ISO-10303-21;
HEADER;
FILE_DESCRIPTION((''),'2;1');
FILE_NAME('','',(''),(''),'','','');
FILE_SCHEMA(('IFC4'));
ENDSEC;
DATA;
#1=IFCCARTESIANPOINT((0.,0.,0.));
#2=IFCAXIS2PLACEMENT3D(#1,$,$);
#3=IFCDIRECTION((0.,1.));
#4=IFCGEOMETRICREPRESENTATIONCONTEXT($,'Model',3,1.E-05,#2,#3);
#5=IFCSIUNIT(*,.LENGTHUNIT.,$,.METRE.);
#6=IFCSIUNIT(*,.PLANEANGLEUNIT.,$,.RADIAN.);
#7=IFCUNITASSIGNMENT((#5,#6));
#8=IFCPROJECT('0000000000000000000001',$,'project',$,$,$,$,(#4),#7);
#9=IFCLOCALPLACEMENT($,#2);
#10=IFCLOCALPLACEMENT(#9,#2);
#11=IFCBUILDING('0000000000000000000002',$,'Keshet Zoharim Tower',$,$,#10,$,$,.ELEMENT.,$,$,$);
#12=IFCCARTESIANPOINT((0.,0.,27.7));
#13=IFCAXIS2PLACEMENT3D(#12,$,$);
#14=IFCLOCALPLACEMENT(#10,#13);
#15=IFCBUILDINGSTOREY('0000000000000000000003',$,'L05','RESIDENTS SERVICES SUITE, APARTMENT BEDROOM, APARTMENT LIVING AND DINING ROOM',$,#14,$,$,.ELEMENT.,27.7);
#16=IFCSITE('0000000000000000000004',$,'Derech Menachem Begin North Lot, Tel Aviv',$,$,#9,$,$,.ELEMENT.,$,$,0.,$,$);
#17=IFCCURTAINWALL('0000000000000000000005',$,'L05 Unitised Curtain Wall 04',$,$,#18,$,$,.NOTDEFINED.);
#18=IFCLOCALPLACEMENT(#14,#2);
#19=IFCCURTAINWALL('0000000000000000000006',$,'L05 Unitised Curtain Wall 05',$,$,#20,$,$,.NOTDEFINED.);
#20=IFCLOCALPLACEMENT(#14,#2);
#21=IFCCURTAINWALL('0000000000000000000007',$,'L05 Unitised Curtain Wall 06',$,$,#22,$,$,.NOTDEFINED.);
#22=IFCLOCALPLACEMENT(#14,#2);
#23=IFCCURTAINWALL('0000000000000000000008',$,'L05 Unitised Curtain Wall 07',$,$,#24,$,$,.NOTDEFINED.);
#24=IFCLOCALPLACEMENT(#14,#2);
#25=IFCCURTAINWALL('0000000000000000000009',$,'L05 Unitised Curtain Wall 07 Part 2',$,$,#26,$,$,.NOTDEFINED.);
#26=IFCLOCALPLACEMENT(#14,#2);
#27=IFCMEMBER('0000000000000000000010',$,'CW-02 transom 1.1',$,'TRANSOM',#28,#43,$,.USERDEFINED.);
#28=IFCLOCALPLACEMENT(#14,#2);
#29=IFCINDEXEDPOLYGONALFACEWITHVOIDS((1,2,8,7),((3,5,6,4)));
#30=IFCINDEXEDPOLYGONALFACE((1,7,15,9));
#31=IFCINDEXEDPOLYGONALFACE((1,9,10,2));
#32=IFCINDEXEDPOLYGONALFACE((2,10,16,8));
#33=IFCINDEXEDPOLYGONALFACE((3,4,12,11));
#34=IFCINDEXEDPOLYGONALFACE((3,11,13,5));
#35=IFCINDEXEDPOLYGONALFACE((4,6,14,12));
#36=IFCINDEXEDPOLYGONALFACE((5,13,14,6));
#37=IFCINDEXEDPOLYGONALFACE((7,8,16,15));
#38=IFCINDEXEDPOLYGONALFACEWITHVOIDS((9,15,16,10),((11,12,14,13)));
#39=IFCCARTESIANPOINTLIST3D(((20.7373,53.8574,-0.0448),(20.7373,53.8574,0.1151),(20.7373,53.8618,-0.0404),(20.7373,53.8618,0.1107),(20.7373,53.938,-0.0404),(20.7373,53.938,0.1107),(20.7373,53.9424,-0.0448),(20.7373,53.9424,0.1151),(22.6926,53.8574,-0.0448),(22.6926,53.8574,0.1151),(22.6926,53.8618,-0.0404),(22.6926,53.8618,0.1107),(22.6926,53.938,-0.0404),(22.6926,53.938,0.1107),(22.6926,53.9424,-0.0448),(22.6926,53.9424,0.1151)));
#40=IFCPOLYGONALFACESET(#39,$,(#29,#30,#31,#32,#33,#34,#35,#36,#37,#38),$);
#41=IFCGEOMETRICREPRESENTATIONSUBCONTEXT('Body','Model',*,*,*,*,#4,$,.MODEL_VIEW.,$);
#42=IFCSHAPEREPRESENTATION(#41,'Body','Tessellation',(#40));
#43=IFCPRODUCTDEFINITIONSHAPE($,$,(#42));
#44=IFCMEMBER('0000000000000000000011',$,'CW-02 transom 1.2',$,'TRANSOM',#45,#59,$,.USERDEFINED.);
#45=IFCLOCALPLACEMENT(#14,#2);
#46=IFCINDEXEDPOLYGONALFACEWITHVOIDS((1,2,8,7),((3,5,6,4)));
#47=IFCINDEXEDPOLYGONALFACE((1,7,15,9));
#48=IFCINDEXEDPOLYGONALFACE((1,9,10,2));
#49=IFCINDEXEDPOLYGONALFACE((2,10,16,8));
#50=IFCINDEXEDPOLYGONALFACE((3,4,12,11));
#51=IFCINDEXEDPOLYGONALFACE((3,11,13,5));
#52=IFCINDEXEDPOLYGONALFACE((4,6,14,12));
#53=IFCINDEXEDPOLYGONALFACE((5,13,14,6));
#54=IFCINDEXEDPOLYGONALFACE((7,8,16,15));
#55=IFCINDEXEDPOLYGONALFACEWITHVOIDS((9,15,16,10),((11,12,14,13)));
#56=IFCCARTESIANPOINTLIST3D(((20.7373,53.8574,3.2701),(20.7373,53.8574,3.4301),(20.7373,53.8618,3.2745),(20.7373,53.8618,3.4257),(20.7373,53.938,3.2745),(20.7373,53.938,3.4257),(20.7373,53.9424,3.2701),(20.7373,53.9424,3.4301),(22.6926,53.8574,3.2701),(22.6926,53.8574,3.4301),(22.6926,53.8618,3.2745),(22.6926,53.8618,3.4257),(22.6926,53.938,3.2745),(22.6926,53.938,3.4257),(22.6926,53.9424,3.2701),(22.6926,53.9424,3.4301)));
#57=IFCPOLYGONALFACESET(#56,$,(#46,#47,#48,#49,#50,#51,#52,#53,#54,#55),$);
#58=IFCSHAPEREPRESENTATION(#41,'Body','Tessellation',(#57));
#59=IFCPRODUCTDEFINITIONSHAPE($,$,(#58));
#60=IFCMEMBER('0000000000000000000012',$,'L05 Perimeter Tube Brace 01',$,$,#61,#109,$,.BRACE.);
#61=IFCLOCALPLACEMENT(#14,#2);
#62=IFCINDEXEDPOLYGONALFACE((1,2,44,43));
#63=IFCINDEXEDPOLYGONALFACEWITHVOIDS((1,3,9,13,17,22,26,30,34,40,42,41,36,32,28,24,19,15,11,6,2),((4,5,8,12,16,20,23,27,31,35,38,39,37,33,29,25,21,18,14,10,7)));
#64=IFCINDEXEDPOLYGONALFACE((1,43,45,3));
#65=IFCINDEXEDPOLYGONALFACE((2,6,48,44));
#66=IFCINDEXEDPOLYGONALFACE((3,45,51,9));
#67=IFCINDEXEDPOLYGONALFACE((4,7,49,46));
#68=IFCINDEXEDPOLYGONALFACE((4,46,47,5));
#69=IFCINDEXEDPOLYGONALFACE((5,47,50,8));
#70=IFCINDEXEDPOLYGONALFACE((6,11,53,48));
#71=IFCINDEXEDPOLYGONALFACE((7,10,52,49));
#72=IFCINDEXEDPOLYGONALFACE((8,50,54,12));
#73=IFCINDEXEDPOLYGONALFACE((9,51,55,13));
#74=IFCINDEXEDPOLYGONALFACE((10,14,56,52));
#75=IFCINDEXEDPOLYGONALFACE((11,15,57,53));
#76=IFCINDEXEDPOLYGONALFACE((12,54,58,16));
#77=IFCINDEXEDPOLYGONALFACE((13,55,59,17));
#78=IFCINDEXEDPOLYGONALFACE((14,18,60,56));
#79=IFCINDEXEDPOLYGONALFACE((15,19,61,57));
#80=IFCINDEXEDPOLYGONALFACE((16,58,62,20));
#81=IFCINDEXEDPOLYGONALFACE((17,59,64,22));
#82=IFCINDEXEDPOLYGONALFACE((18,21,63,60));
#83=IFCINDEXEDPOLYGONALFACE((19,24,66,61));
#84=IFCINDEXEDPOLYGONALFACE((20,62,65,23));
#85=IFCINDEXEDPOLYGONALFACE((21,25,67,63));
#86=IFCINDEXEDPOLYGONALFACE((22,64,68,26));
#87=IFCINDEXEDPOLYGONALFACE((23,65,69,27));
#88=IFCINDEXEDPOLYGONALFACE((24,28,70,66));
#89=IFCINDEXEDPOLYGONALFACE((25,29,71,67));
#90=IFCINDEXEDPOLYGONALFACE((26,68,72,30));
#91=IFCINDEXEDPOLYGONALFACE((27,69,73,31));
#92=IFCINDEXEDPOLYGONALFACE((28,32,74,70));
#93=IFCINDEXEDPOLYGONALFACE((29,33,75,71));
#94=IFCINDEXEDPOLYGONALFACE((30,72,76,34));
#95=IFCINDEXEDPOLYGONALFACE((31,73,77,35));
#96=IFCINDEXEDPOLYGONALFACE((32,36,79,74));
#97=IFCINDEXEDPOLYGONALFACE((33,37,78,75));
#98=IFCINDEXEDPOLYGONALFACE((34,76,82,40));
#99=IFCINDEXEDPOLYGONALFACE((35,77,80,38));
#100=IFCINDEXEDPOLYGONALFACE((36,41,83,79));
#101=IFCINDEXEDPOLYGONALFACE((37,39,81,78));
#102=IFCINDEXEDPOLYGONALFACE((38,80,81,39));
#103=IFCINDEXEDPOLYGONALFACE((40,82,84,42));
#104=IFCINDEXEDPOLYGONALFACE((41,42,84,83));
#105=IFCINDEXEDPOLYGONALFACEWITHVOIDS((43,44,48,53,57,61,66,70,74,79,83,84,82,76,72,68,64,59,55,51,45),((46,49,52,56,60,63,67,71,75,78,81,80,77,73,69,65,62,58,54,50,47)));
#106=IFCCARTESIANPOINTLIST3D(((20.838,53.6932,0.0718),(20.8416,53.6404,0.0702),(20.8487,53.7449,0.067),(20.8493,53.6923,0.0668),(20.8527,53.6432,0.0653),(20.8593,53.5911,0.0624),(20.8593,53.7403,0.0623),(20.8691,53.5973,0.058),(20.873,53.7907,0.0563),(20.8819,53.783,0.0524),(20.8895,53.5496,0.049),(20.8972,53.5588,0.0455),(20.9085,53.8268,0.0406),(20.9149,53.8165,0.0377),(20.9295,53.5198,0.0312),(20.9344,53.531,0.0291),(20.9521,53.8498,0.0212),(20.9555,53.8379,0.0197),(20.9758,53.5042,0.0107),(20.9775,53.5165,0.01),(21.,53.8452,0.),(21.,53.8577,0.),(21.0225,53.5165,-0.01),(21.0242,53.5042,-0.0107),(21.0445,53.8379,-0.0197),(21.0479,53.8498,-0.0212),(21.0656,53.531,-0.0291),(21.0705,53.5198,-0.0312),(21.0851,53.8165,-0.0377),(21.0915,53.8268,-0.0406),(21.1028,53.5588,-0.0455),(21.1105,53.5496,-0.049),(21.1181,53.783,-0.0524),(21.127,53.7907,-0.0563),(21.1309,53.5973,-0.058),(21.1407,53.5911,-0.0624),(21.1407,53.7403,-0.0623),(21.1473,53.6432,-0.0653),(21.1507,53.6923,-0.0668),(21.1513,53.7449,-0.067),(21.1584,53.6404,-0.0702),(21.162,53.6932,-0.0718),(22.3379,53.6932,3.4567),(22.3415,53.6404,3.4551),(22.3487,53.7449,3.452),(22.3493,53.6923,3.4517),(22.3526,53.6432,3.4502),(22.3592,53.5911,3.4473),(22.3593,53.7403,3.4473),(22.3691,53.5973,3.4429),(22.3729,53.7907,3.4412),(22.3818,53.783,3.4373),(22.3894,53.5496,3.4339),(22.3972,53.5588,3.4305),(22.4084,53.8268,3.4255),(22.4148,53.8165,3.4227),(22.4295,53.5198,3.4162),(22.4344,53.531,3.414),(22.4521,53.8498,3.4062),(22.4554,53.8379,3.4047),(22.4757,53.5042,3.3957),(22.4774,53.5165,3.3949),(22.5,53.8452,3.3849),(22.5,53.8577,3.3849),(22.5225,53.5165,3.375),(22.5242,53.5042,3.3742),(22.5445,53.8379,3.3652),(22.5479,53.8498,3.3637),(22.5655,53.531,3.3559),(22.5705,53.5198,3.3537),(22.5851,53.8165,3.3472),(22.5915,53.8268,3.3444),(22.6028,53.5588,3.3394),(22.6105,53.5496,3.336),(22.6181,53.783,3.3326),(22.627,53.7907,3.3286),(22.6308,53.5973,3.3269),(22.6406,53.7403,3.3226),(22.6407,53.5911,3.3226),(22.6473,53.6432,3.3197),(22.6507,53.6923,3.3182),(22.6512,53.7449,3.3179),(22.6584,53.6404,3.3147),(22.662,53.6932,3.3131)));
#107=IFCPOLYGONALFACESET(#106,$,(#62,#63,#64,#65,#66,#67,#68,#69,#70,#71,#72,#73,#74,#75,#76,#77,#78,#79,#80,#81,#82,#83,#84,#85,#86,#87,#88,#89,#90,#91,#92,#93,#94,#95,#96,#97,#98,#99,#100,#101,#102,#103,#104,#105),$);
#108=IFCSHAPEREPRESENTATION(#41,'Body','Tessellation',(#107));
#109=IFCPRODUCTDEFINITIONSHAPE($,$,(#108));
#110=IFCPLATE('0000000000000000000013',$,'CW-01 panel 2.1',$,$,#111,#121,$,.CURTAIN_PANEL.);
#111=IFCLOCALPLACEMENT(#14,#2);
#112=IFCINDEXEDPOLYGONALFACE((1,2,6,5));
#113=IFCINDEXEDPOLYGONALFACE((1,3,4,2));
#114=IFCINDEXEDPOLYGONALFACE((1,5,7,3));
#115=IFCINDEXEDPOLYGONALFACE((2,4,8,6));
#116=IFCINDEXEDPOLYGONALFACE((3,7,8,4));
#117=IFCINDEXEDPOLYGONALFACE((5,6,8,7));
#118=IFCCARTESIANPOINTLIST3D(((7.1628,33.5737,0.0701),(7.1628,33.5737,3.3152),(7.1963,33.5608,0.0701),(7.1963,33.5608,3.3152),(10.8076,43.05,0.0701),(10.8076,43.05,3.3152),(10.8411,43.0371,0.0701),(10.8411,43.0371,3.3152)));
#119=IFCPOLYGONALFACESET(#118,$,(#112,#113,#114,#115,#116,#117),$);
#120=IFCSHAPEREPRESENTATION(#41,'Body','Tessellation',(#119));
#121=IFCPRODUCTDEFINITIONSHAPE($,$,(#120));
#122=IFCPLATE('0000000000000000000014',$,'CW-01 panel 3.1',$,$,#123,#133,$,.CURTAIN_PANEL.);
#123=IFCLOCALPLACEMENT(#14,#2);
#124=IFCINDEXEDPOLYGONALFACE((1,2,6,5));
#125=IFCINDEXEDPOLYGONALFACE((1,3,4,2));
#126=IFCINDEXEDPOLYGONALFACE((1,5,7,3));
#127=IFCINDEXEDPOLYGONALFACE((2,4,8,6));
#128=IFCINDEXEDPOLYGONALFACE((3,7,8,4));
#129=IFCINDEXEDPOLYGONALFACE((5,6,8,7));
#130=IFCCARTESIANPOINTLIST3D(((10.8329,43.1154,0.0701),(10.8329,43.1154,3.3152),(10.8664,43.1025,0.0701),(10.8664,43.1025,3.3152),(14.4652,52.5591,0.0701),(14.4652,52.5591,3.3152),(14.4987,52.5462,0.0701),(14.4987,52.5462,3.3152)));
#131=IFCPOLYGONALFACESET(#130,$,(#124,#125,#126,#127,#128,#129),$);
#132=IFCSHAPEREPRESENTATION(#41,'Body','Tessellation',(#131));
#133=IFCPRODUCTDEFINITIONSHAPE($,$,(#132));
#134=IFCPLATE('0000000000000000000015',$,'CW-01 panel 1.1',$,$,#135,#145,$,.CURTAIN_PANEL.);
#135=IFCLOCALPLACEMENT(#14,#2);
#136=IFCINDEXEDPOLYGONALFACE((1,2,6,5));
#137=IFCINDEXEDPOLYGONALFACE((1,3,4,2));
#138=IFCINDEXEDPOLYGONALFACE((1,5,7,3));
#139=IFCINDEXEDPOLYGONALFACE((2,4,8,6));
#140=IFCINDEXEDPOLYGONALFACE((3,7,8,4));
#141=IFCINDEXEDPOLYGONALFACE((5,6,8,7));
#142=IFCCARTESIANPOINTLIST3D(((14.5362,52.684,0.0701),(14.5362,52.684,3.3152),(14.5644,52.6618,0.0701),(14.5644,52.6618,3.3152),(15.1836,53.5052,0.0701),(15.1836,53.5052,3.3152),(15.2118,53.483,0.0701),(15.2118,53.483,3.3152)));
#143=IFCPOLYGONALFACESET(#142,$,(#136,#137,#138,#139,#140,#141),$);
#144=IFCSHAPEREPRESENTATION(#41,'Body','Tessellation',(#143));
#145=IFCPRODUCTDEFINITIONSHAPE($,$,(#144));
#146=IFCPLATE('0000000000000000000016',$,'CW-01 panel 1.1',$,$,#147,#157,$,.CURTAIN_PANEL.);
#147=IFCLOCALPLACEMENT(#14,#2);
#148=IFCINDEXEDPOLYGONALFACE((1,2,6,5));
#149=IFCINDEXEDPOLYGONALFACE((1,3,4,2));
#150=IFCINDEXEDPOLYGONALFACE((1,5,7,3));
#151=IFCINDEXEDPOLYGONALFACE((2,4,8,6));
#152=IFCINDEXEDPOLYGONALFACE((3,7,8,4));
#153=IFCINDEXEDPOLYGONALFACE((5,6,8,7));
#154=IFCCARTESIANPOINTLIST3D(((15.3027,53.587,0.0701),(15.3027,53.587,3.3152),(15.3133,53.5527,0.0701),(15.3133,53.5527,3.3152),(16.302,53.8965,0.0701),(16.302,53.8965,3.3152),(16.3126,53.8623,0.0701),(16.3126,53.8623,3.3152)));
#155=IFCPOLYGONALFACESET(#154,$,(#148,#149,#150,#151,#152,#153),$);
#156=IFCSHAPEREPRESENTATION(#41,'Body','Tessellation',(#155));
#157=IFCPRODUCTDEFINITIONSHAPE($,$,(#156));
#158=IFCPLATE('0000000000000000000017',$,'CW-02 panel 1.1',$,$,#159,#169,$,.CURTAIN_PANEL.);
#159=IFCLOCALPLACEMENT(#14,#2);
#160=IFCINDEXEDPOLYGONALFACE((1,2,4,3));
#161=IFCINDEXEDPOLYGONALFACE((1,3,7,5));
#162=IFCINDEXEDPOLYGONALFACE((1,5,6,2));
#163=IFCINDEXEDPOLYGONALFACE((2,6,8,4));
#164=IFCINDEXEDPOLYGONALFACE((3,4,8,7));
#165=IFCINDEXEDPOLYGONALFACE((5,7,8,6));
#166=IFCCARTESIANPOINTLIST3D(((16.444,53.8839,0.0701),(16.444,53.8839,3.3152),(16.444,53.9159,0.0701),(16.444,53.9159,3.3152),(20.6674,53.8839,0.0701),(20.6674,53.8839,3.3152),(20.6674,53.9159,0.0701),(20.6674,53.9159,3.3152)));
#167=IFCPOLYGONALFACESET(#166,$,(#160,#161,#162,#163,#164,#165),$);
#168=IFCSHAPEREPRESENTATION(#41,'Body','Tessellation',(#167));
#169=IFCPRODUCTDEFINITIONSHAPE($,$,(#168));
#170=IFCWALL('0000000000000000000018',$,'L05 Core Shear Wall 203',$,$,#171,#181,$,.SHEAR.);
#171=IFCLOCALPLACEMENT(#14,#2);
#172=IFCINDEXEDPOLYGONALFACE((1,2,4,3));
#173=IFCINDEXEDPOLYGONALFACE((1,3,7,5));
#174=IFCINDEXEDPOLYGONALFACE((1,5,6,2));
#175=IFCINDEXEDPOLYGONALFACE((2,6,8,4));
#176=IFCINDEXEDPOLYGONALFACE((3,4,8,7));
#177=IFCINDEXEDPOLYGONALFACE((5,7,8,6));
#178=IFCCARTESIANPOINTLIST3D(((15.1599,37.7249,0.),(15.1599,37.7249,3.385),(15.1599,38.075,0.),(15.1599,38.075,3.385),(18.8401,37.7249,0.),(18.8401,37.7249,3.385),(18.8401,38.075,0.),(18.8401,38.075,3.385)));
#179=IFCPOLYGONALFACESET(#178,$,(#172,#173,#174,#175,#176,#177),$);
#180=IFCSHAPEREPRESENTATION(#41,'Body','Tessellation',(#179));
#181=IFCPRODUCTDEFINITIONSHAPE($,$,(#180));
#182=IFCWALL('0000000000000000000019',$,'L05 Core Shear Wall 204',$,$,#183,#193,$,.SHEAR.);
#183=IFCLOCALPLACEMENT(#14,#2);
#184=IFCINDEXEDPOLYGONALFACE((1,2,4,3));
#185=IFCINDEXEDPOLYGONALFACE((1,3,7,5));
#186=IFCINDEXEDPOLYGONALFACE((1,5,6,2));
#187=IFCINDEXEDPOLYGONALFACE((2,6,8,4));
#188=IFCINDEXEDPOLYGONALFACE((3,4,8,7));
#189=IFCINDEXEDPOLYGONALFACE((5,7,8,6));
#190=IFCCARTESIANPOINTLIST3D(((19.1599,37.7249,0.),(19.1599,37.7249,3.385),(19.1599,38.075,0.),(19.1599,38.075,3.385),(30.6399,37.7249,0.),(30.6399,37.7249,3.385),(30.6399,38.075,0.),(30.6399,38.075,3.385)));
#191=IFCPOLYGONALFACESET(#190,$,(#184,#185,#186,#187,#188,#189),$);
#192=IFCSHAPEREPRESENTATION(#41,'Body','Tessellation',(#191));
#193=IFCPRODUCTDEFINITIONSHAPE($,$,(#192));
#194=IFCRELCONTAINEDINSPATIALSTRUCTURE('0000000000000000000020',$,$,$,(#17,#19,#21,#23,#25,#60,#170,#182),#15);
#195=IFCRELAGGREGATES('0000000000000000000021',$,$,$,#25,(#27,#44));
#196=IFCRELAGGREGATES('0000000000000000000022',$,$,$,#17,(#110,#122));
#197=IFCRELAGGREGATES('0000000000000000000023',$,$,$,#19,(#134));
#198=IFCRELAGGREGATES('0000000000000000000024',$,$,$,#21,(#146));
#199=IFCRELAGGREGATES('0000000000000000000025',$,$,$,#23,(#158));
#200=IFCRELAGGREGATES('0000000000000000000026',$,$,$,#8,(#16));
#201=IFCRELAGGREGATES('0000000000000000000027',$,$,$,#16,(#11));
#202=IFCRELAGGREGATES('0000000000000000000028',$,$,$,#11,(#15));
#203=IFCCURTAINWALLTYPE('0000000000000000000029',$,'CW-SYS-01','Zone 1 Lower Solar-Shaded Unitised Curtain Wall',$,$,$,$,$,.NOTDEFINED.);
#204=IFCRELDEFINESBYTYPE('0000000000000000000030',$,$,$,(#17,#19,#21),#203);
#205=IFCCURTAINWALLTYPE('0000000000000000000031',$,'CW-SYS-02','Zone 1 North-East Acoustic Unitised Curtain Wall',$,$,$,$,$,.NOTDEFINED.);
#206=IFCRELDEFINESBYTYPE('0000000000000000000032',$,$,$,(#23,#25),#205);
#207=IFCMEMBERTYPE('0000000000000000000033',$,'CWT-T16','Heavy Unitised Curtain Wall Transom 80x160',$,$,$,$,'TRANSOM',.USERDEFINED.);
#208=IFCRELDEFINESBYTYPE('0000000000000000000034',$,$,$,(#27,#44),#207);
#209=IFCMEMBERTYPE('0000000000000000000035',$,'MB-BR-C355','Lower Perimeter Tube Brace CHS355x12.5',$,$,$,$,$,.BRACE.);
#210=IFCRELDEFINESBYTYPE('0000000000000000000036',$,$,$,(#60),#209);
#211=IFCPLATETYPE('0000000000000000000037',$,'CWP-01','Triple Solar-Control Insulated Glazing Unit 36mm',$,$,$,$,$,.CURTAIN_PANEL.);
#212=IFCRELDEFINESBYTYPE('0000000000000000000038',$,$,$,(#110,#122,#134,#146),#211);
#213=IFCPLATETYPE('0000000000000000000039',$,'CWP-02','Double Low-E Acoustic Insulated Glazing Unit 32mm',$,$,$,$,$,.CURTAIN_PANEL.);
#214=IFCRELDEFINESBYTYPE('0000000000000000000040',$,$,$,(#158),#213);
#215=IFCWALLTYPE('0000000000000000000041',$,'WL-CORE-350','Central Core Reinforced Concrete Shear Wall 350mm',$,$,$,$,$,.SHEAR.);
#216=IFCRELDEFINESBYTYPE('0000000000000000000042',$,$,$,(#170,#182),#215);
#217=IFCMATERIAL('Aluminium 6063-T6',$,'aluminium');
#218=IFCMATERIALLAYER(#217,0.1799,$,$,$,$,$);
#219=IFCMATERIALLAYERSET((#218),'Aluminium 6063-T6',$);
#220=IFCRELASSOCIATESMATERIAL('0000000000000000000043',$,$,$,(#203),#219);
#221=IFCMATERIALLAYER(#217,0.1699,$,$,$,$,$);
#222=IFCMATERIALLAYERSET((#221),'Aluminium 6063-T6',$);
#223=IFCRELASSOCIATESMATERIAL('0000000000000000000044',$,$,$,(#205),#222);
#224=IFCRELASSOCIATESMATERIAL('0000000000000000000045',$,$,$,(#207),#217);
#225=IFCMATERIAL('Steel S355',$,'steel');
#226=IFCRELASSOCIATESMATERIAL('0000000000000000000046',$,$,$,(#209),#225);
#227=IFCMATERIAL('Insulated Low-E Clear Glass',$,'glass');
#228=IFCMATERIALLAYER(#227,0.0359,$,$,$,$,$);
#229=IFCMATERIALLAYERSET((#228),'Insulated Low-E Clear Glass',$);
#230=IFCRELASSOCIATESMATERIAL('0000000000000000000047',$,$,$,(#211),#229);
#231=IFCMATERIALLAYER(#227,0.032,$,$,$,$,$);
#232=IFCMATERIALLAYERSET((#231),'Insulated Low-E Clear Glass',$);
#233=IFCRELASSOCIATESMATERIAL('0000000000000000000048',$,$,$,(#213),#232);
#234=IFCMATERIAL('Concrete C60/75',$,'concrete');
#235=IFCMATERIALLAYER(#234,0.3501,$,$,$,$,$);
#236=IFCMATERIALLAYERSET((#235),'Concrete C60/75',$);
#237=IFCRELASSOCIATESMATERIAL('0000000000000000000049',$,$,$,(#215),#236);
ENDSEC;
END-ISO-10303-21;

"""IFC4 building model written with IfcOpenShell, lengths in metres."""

from ifc_helpers import new_model, si_unit, direction, frame, frame_2d, origin, origin_2d, place, context, subcontext, project, spatial, rectangle, hollow_rectangle, hollow_circle, extrude, material, layer, layer_set, material_profile, profile_set, type_object, element, aggregate, save


model = new_model("IFC4")

# Units and contexts
model_context = context("Model", 3, precision=1e-05, world=origin(), true_north=direction((0.0, 1.0)))
body_context = subcontext(model_context, "Body", "Model", "MODEL_VIEW")
ifc_project = project(units=[si_unit("LENGTHUNIT", "METRE"), si_unit("PLANEANGLEUNIT", "RADIAN")], contexts=[model_context])

# Site, building, storey
site_placement = place(None, origin())
site = spatial("IfcSite", under=ifc_project, at=site_placement, Name="Derech Menachem Begin North Lot, Tel Aviv", CompositionType="ELEMENT", RefElevation=0.0)
building_placement = place(site_placement, origin())
building = spatial("IfcBuilding", under=site, at=building_placement, Name="Keshet Zoharim Tower", CompositionType="ELEMENT")
storey_placement = place(building_placement, frame((0.0, 0.0, 27.7)))
storey = spatial("IfcBuildingStorey", under=building, at=storey_placement, Name="L05", Description="RESIDENTS SERVICES SUITE, APARTMENT BEDROOM, APARTMENT LIVING AND DINING ROOM", CompositionType="ELEMENT", Elevation=27.7)

# Shared definitions
ifc_material_1 = material(Name="Steel S355", Category="steel")

# Curtain walls
ifc_material_2 = material(Name="Aluminium 6063-T6", Category="aluminium")
ifc_layer_1 = layer(ifc_material_2, 0.1799)
ifc_layer_set_1 = layer_set([ifc_layer_1], Name="Aluminium 6063-T6")
curtain_wall_type_1 = type_object("IfcCurtainWallType", Name="CW-SYS-01", Description="Zone 1 Lower Solar-Shaded Unitised Curtain Wall", PredefinedType="NOTDEFINED", material=ifc_layer_set_1)
curtain_wall_1_placement = place(storey_placement, origin())
curtain_wall_1 = element("IfcCurtainWall", 1, at=curtain_wall_1_placement, inside=storey, type_object=curtain_wall_type_1, Name="L05 Unitised Curtain Wall 04", PredefinedType="NOTDEFINED")
curtain_wall_2_placement = place(storey_placement, origin())
curtain_wall_2 = element("IfcCurtainWall", 2, at=curtain_wall_2_placement, inside=storey, type_object=curtain_wall_type_1, Name="L05 Unitised Curtain Wall 05", PredefinedType="NOTDEFINED")
curtain_wall_3_placement = place(storey_placement, origin())
curtain_wall_3 = element("IfcCurtainWall", 3, at=curtain_wall_3_placement, inside=storey, type_object=curtain_wall_type_1, Name="L05 Unitised Curtain Wall 06", PredefinedType="NOTDEFINED")
ifc_layer_2 = layer(ifc_material_2, 0.1699)
ifc_layer_set_2 = layer_set([ifc_layer_2], Name="Aluminium 6063-T6")
curtain_wall_type_2 = type_object("IfcCurtainWallType", Name="CW-SYS-02", Description="Zone 1 North-East Acoustic Unitised Curtain Wall", PredefinedType="NOTDEFINED", material=ifc_layer_set_2)
curtain_wall_4_placement = place(storey_placement, origin())
curtain_wall_4 = element("IfcCurtainWall", 4, at=curtain_wall_4_placement, inside=storey, type_object=curtain_wall_type_2, Name="L05 Unitised Curtain Wall 07", PredefinedType="NOTDEFINED")

# Shared definitions
ifc_material_profile_1 = material_profile(ifc_material_2, hollow_rectangle(XDim=0.085, YDim=0.1599, WallThickness=0.0044, at=origin_2d()), Name="TRN-85x160")
ifc_profile_set_1 = profile_set([ifc_material_profile_1], Name="Aluminium 6063-T6")
member_type_1 = type_object("IfcMemberType", Name="CWT-T16", Description="Heavy Unitised Curtain Wall Transom 80x160", ElementType="TRANSOM", PredefinedType="USERDEFINED", material=ifc_profile_set_1)

# Curtain wall, members
curtain_wall_5_placement = place(storey_placement, origin())
curtain_wall_5 = element("IfcCurtainWall", 5, at=curtain_wall_5_placement, inside=storey, type_object=curtain_wall_type_2, Name="L05 Unitised Curtain Wall 07 Part 2", PredefinedType="NOTDEFINED")
member_1_placement = place(storey_placement, frame((20.7373, 53.8999, 0.0352), z_axis=(1.0, 0.0, 0.0), x_axis=(0.0, 1.0, 0.0)))
member_1 = element("IfcMember", 6, at=member_1_placement, type_object=member_type_1, Name="CW-02 transom 1.1", ObjectType="TRANSOM", PredefinedType="USERDEFINED", context=body_context, shape_type="SweptSolid", body=[
    extrude(hollow_rectangle(XDim=0.085, YDim=0.1599, WallThickness=0.0044, at=origin_2d()), origin(), (0.0, 0.0, 1.0), 1.9553),
])
member_2_placement = place(storey_placement, frame((20.7373, 53.8999, 3.3501), z_axis=(1.0, 0.0, 0.0), x_axis=(0.0, 1.0, 0.0)))
member_2 = element("IfcMember", 7, at=member_2_placement, type_object=member_type_1, Name="CW-02 transom 1.2", ObjectType="TRANSOM", PredefinedType="USERDEFINED", context=body_context, shape_type="SweptSolid", body=[
    extrude(hollow_rectangle(XDim=0.085, YDim=0.1599, WallThickness=0.0044, at=origin_2d()), origin(), (0.0, 0.0, 1.0), 1.9553),
])
aggregate(curtain_wall_5, [member_1, member_2])

# Member
ifc_material_profile_2 = material_profile(ifc_material_1, hollow_circle(Radius=0.1777, WallThickness=0.0125, at=origin_2d()), Name="CHS355x12.5")
ifc_profile_set_2 = profile_set([ifc_material_profile_2], Name="Steel S355")
member_type_2 = type_object("IfcMemberType", Name="MB-BR-C355", Description="Lower Perimeter Tube Brace CHS355x12.5", PredefinedType="BRACE", material=ifc_profile_set_2)
member_3_placement = place(storey_placement, frame((21.0, 53.6799, 0.0), z_axis=(0.405135, 0.0, 0.914257), x_axis=(0.0, 1.0, 0.0)))
element("IfcMember", 8, at=member_3_placement, inside=storey, type_object=member_type_2, Name="L05 Perimeter Tube Brace 01", PredefinedType="BRACE", context=body_context, shape_type="SweptSolid", body=[
    extrude(hollow_circle(Radius=0.1777, WallThickness=0.0125, at=origin_2d()), origin(), (0.0, 0.0, 1.0), 3.7024),
])

# Plates
ifc_material_3 = material(Name="Insulated Low-E Clear Glass", Category="glass")
ifc_layer_3 = layer(ifc_material_3, 0.0359)
ifc_layer_set_3 = layer_set([ifc_layer_3], Name="Insulated Low-E Clear Glass")
plate_type_1 = type_object("IfcPlateType", Name="CWP-01", Description="Triple Solar-Control Insulated Glazing Unit 36mm", PredefinedType="CURTAIN_PANEL", material=ifc_layer_set_3)
plate_1_placement = place(storey_placement, frame((9.002, 38.3054, 0.0701), z_axis=(0.0, 0.0, 1.0), x_axis=(0.35899, 0.933341, 0.0)))
plate_1 = element("IfcPlate", 9, at=plate_1_placement, type_object=plate_type_1, Name="CW-01 panel 2.1", PredefinedType="CURTAIN_PANEL", context=body_context, shape_type="SweptSolid", body=[
    extrude(rectangle(XDim=10.1531, YDim=0.0359, at=origin_2d()), origin(), (0.0, 0.0, 1.0), 3.2451),
])
plate_2_placement = place(storey_placement, frame((12.6658, 47.8308, 0.0701), z_axis=(0.0, 0.0, 1.0), x_axis=(0.35899, 0.933341, 0.0)))
plate_2 = element("IfcPlate", 10, at=plate_2_placement, type_object=plate_type_1, Name="CW-01 panel 3.1", PredefinedType="CURTAIN_PANEL", context=body_context, shape_type="SweptSolid", body=[
    extrude(rectangle(XDim=10.1182, YDim=0.0359, at=origin_2d()), origin(), (0.0, 0.0, 1.0), 3.2451),
])
aggregate(curtain_wall_1, [plate_1, plate_2])
plate_3_placement = place(storey_placement, frame((14.874, 53.0835, 0.0701), z_axis=(0.0, 0.0, 1.0), x_axis=(0.619125, 0.785293, 0.0)))
plate_3 = element("IfcPlate", 11, at=plate_3_placement, type_object=plate_type_1, Name="CW-01 panel 1.1", PredefinedType="CURTAIN_PANEL", context=body_context, shape_type="SweptSolid", body=[
    extrude(rectangle(XDim=1.0457, YDim=0.0359, at=origin_2d()), origin(), (0.0, 0.0, 1.0), 3.2451),
])
aggregate(curtain_wall_2, [plate_3])
plate_4_placement = place(storey_placement, frame((15.8076, 53.7246, 0.0701), z_axis=(0.0, 0.0, 1.0), x_axis=(0.955212, 0.295922, 0.0)))
plate_4 = element("IfcPlate", 12, at=plate_4_placement, type_object=plate_type_1, Name="CW-01 panel 1.1", PredefinedType="CURTAIN_PANEL", context=body_context, shape_type="SweptSolid", body=[
    extrude(rectangle(XDim=1.0461, YDim=0.0359, at=origin_2d()), origin(), (0.0, 0.0, 1.0), 3.2451),
])
aggregate(curtain_wall_3, [plate_4])
ifc_layer_4 = layer(ifc_material_3, 0.032)
ifc_layer_set_4 = layer_set([ifc_layer_4], Name="Insulated Low-E Clear Glass")
plate_type_2 = type_object("IfcPlateType", Name="CWP-02", Description="Double Low-E Acoustic Insulated Glazing Unit 32mm", PredefinedType="CURTAIN_PANEL", material=ifc_layer_set_4)
plate_5_placement = place(storey_placement, frame((18.5557, 53.8999, 0.0701), z_axis=(0.0, 0.0, 1.0), x_axis=(1.0, 0.0, 0.0)))
plate_5 = element("IfcPlate", 13, at=plate_5_placement, type_object=plate_type_2, Name="CW-02 panel 1.1", PredefinedType="CURTAIN_PANEL", context=body_context, shape_type="SweptSolid", body=[
    extrude(rectangle(XDim=4.2234, YDim=0.032, at=origin_2d()), origin(), (0.0, 0.0, 1.0), 3.2451),
])
aggregate(curtain_wall_4, [plate_5])

# Walls
ifc_material_4 = material(Name="Concrete C60/75", Category="concrete")
ifc_layer_5 = layer(ifc_material_4, 0.3501)
ifc_layer_set_5 = layer_set([ifc_layer_5], Name="Concrete C60/75")
wall_type_1 = type_object("IfcWallType", Name="WL-CORE-350", Description="Central Core Reinforced Concrete Shear Wall 350mm", PredefinedType="SHEAR", material=ifc_layer_set_5)
wall_1_placement = place(storey_placement, frame((15.1599, 37.8999, 0.0), z_axis=(0.0, 0.0, 1.0), x_axis=(1.0, 0.0, 0.0)))
element("IfcWall", 14, at=wall_1_placement, inside=storey, type_object=wall_type_1, Name="L05 Core Shear Wall 203", PredefinedType="SHEAR", context=body_context, shape_type="SweptSolid", body=[
    extrude(rectangle(XDim=3.6802, YDim=0.3501, at=frame_2d((1.8401, 0.0))), origin(), (0.0, 0.0, 1.0), 3.385),
])
wall_2_placement = place(storey_placement, frame((19.1599, 37.8999, 0.0), z_axis=(0.0, 0.0, 1.0), x_axis=(1.0, 0.0, 0.0)))
element("IfcWall", 15, at=wall_2_placement, inside=storey, type_object=wall_type_1, Name="L05 Core Shear Wall 204", PredefinedType="SHEAR", context=body_context, shape_type="SweptSolid", body=[
    extrude(rectangle(XDim=11.48, YDim=0.3501, at=frame_2d((5.74, 0.0))), origin(), (0.0, 0.0, 1.0), 3.385),
])

save(model, "model.ifc")
